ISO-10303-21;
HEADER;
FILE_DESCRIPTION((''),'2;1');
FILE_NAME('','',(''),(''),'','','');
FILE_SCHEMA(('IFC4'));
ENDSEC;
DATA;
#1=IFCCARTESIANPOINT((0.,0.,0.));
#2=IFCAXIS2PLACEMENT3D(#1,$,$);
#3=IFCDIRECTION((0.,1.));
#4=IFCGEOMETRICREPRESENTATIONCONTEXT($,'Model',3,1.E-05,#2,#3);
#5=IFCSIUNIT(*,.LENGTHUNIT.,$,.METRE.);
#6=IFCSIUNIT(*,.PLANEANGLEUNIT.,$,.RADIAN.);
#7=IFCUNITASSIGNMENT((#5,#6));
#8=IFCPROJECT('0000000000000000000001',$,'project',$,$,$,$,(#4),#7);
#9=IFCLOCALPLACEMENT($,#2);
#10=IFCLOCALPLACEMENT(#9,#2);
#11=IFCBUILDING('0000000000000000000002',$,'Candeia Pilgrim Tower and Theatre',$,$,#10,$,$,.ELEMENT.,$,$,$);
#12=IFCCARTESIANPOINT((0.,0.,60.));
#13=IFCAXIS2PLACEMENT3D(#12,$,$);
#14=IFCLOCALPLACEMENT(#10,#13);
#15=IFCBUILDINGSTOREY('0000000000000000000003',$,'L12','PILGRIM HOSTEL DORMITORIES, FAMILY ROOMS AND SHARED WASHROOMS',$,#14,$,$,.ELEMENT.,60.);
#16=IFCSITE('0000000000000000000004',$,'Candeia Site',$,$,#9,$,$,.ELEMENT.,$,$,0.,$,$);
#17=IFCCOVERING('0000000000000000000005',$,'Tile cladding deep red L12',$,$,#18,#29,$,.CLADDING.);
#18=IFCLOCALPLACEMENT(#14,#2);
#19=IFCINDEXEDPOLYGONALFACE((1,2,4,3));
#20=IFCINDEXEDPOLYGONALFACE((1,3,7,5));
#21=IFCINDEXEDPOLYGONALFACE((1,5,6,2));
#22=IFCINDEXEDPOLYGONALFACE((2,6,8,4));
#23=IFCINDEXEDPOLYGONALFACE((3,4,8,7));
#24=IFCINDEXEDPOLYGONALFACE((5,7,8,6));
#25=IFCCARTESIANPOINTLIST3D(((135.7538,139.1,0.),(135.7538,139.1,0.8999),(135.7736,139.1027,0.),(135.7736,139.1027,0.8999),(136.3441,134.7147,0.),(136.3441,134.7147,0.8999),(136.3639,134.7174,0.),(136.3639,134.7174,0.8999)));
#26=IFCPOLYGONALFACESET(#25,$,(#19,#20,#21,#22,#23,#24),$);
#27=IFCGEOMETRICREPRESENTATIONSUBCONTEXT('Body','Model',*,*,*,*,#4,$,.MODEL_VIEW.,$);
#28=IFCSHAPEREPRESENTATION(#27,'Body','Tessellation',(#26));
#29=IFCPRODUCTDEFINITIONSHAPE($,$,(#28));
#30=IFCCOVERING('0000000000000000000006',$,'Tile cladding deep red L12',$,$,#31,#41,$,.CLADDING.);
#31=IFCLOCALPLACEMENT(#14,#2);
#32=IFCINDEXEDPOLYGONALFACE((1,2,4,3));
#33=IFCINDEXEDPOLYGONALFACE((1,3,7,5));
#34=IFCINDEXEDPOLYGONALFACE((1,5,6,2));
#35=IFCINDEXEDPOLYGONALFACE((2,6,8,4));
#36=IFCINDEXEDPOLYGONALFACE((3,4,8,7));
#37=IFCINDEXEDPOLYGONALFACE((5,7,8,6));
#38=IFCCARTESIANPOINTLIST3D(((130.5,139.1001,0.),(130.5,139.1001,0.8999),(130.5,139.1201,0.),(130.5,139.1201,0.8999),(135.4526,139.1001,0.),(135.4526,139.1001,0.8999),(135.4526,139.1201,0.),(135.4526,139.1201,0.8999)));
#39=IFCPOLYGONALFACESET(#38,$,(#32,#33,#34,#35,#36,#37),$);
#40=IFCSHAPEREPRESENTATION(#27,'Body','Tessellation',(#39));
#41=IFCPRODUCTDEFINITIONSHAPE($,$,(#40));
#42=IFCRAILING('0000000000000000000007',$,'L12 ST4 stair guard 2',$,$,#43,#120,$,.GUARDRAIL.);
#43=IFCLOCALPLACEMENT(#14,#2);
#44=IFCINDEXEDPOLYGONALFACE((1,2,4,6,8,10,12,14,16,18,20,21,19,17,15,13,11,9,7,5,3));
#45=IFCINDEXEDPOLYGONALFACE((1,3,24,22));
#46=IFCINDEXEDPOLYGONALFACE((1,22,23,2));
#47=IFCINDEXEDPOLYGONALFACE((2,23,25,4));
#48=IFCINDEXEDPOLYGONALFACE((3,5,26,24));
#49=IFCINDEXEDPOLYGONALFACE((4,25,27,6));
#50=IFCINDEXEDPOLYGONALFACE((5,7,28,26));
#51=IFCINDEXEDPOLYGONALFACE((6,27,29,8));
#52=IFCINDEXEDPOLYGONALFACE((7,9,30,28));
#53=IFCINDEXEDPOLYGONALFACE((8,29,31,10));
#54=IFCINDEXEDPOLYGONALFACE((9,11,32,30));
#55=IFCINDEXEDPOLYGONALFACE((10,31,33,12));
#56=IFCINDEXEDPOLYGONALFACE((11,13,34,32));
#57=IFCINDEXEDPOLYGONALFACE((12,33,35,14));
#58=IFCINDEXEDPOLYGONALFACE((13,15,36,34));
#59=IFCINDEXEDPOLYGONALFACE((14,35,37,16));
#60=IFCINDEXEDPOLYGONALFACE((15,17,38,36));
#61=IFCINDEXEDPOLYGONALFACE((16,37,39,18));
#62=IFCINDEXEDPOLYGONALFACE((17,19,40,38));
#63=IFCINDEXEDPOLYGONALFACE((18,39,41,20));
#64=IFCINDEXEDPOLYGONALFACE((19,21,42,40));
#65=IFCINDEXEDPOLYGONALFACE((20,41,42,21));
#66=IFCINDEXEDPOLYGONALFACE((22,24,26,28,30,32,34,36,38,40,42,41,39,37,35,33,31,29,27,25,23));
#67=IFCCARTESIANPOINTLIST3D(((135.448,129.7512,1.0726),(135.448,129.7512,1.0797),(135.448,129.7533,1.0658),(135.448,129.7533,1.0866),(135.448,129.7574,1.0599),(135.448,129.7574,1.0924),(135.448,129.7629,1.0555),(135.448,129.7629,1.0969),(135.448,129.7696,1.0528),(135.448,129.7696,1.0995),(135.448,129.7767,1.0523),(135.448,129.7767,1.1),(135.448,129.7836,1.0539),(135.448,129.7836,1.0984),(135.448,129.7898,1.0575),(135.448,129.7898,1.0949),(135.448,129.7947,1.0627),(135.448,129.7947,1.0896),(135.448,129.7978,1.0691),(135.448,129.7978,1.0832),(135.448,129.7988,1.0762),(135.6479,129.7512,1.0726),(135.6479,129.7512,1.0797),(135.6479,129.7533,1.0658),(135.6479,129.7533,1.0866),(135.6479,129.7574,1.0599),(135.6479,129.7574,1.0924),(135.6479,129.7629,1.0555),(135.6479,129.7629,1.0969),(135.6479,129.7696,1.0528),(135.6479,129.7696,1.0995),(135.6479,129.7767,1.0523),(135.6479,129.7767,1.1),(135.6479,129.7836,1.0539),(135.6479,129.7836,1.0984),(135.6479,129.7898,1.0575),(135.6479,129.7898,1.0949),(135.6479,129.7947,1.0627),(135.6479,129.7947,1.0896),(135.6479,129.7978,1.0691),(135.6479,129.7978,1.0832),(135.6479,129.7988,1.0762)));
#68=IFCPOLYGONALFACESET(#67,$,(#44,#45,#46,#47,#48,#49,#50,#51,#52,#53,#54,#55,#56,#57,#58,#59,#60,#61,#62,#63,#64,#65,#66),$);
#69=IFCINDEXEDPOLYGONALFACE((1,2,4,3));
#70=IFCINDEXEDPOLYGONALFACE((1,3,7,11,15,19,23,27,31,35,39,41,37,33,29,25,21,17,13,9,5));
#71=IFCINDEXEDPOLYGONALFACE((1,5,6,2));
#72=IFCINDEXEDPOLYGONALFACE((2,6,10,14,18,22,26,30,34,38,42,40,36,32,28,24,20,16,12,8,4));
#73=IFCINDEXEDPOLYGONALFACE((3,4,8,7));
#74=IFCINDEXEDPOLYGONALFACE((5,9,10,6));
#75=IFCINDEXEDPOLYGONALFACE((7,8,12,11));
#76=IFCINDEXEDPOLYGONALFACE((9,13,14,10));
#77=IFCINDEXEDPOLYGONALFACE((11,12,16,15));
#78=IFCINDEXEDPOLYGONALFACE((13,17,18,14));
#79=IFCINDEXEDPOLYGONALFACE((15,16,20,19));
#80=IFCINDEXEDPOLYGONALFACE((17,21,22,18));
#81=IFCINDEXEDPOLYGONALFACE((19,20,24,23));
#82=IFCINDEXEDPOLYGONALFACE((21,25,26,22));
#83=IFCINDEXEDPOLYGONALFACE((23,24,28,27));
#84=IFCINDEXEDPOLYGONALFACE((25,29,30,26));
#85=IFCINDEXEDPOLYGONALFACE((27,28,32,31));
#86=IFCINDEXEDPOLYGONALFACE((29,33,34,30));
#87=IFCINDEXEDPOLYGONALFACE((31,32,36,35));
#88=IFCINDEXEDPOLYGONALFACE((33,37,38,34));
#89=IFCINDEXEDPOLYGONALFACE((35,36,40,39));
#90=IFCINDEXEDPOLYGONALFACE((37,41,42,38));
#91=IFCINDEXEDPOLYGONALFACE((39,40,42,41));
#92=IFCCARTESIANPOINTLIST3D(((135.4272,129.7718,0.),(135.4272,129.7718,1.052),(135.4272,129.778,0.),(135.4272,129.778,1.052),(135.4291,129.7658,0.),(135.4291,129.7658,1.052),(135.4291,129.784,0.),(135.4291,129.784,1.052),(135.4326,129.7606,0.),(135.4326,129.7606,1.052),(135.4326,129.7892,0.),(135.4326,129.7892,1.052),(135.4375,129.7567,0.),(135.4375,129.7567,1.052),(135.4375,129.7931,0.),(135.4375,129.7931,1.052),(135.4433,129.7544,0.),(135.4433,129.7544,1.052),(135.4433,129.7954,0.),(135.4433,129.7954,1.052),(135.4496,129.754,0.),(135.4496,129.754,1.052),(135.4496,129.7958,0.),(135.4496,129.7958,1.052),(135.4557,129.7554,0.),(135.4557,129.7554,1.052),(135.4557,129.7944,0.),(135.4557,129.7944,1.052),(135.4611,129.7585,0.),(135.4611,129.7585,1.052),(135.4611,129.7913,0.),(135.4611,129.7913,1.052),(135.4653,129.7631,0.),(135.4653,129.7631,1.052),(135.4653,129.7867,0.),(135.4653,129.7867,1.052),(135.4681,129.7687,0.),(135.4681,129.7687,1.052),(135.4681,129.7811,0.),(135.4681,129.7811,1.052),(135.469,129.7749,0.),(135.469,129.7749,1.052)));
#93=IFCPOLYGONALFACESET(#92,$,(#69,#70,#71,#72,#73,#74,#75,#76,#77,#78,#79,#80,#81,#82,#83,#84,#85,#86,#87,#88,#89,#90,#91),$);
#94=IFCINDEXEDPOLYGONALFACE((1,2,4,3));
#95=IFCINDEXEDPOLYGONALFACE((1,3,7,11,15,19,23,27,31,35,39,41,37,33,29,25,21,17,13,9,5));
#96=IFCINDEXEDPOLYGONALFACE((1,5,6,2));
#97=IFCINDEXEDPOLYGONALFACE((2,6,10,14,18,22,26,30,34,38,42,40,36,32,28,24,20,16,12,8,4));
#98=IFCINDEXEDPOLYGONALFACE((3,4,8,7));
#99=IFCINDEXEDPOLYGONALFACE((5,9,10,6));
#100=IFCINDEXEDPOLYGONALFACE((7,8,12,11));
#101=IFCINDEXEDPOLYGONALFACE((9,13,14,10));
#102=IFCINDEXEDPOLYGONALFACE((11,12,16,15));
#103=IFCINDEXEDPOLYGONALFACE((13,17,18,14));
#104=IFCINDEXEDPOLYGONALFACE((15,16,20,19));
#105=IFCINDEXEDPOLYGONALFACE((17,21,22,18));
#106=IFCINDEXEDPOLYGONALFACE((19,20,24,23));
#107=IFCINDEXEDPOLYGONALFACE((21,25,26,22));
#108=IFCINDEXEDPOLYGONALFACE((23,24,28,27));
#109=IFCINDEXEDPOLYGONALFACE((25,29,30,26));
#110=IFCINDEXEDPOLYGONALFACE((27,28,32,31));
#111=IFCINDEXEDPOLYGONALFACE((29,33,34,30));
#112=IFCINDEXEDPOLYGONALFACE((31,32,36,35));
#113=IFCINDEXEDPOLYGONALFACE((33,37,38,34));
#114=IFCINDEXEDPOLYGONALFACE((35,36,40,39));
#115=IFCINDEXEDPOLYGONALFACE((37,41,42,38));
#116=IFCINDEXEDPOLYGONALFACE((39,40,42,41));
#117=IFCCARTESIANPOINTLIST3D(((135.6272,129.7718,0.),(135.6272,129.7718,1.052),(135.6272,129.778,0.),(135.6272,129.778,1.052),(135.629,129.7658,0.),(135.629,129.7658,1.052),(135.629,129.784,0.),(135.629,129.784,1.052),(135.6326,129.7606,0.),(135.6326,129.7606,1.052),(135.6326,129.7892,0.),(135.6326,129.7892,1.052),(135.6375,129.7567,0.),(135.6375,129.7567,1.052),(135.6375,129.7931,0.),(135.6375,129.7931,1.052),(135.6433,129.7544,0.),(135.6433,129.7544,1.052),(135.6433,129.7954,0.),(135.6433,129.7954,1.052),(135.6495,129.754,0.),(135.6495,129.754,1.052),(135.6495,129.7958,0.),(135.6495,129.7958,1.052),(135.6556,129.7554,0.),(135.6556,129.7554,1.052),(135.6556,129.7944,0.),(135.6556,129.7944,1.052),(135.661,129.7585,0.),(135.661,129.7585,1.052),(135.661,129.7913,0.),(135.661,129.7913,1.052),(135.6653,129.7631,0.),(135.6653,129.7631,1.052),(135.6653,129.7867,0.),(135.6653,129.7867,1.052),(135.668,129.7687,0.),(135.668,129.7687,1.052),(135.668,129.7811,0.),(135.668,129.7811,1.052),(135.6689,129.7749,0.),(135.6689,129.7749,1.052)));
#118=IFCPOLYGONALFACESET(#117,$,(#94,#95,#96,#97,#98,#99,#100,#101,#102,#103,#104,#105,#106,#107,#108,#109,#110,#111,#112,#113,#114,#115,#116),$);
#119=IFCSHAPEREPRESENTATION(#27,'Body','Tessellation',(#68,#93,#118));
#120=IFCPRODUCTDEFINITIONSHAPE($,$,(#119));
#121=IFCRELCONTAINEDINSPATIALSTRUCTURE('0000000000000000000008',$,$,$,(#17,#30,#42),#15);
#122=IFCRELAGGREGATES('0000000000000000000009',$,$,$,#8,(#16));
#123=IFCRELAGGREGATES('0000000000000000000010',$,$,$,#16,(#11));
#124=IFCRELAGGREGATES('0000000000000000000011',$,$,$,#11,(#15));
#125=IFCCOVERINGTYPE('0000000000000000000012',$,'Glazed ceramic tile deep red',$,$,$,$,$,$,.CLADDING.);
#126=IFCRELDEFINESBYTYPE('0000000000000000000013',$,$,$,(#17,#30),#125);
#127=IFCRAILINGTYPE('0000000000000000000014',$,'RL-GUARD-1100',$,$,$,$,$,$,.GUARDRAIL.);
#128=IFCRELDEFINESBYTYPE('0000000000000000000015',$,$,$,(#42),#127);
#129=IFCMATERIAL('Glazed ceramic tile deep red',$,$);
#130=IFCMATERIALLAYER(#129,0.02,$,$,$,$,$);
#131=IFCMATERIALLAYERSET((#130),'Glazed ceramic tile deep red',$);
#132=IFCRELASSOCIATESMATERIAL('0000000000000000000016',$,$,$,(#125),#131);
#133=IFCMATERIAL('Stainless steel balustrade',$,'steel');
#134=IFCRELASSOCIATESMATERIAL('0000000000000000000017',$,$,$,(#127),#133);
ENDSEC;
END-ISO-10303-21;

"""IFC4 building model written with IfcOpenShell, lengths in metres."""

from ifc_helpers import new_model, si_unit, direction, frame, origin, origin_2d, place, context, subcontext, project, spatial, rectangle, circle, extrude, material, layer, layer_set, type_object, element, save


model = new_model("IFC4")

# Units and contexts
model_context = context("Model", 3, precision=1e-05, world=origin(), true_north=direction((0.0, 1.0)))
body_context = subcontext(model_context, "Body", "Model", "MODEL_VIEW")
ifc_project = project(units=[si_unit("LENGTHUNIT", "METRE"), si_unit("PLANEANGLEUNIT", "RADIAN")], contexts=[model_context])

# Site, building, storey
site_placement = place(None, origin())
site = spatial("IfcSite", under=ifc_project, at=site_placement, Name="Candeia Site", CompositionType="ELEMENT", RefElevation=0.0)
building_placement = place(site_placement, origin())
building = spatial("IfcBuilding", under=site, at=building_placement, Name="Candeia Pilgrim Tower and Theatre", CompositionType="ELEMENT")
storey_placement = place(building_placement, frame((0.0, 0.0, 60.0)))
storey = spatial("IfcBuildingStorey", under=building, at=storey_placement, Name="L12", Description="PILGRIM HOSTEL DORMITORIES, FAMILY ROOMS AND SHARED WASHROOMS", CompositionType="ELEMENT", Elevation=60.0)

# Coverings
ifc_material_1 = material(Name="Glazed ceramic tile deep red")
ifc_layer_1 = layer(ifc_material_1, 0.02)
ifc_layer_set_1 = layer_set([ifc_layer_1], Name="Glazed ceramic tile deep red")
covering_type = type_object("IfcCoveringType", Name="Glazed ceramic tile deep red", PredefinedType="CLADDING", material=ifc_layer_set_1)
covering_1_placement = place(storey_placement, frame((136.0588, 136.9087, 0.0), z_axis=(0.0, 0.0, 1.0), x_axis=(-0.133412, 0.991061, 0.0)))
element("IfcCovering", 1, at=covering_1_placement, inside=storey, type_object=covering_type, Name="Tile cladding deep red L12", PredefinedType="CLADDING", context=body_context, shape_type="SweptSolid", body=[
    extrude(rectangle(XDim=4.4248, YDim=0.02, at=origin_2d()), origin(), (0.0, 0.0, 1.0), 0.8999),
])
covering_2_placement = place(storey_placement, frame((132.9763, 139.1101, 0.0), z_axis=(0.0, 0.0, 1.0), x_axis=(-1.0, 0.0, 0.0)))
element("IfcCovering", 2, at=covering_2_placement, inside=storey, type_object=covering_type, Name="Tile cladding deep red L12", PredefinedType="CLADDING", context=body_context, shape_type="SweptSolid", body=[
    extrude(rectangle(XDim=4.9526, YDim=0.02, at=origin_2d()), origin(), (0.0, 0.0, 1.0), 0.8999),
])

# Railing
ifc_material_2 = material(Name="Stainless steel balustrade", Category="steel")
railing_type = type_object("IfcRailingType", Name="RL-GUARD-1100", PredefinedType="GUARDRAIL", material=ifc_material_2)
railing_1_placement = place(storey_placement, frame((135.448, 129.7749, 0.0)))
element("IfcRailing", 3, at=railing_1_placement, inside=storey, type_object=railing_type, Name="L12 ST4 stair guard 2", PredefinedType="GUARDRAIL", context=body_context, shape_type="SweptSolid", body=[
    extrude(circle(Radius=0.0239, at=origin_2d()), frame((0.0, 0.0, 1.0762), z_axis=(1.0, 0.0, 0.0), x_axis=(0.0, 1.0, 0.0)), (0.0, 0.0, 1.0), 0.2),
    extrude(circle(Radius=0.021, at=origin_2d()), origin(), (0.0, 0.0, 1.0), 1.052),
    extrude(circle(Radius=0.021, at=origin_2d()), frame((0.2, 0.0, 0.0)), (0.0, 0.0, 1.0), 1.052),
])

save(model, "model.ifc")
